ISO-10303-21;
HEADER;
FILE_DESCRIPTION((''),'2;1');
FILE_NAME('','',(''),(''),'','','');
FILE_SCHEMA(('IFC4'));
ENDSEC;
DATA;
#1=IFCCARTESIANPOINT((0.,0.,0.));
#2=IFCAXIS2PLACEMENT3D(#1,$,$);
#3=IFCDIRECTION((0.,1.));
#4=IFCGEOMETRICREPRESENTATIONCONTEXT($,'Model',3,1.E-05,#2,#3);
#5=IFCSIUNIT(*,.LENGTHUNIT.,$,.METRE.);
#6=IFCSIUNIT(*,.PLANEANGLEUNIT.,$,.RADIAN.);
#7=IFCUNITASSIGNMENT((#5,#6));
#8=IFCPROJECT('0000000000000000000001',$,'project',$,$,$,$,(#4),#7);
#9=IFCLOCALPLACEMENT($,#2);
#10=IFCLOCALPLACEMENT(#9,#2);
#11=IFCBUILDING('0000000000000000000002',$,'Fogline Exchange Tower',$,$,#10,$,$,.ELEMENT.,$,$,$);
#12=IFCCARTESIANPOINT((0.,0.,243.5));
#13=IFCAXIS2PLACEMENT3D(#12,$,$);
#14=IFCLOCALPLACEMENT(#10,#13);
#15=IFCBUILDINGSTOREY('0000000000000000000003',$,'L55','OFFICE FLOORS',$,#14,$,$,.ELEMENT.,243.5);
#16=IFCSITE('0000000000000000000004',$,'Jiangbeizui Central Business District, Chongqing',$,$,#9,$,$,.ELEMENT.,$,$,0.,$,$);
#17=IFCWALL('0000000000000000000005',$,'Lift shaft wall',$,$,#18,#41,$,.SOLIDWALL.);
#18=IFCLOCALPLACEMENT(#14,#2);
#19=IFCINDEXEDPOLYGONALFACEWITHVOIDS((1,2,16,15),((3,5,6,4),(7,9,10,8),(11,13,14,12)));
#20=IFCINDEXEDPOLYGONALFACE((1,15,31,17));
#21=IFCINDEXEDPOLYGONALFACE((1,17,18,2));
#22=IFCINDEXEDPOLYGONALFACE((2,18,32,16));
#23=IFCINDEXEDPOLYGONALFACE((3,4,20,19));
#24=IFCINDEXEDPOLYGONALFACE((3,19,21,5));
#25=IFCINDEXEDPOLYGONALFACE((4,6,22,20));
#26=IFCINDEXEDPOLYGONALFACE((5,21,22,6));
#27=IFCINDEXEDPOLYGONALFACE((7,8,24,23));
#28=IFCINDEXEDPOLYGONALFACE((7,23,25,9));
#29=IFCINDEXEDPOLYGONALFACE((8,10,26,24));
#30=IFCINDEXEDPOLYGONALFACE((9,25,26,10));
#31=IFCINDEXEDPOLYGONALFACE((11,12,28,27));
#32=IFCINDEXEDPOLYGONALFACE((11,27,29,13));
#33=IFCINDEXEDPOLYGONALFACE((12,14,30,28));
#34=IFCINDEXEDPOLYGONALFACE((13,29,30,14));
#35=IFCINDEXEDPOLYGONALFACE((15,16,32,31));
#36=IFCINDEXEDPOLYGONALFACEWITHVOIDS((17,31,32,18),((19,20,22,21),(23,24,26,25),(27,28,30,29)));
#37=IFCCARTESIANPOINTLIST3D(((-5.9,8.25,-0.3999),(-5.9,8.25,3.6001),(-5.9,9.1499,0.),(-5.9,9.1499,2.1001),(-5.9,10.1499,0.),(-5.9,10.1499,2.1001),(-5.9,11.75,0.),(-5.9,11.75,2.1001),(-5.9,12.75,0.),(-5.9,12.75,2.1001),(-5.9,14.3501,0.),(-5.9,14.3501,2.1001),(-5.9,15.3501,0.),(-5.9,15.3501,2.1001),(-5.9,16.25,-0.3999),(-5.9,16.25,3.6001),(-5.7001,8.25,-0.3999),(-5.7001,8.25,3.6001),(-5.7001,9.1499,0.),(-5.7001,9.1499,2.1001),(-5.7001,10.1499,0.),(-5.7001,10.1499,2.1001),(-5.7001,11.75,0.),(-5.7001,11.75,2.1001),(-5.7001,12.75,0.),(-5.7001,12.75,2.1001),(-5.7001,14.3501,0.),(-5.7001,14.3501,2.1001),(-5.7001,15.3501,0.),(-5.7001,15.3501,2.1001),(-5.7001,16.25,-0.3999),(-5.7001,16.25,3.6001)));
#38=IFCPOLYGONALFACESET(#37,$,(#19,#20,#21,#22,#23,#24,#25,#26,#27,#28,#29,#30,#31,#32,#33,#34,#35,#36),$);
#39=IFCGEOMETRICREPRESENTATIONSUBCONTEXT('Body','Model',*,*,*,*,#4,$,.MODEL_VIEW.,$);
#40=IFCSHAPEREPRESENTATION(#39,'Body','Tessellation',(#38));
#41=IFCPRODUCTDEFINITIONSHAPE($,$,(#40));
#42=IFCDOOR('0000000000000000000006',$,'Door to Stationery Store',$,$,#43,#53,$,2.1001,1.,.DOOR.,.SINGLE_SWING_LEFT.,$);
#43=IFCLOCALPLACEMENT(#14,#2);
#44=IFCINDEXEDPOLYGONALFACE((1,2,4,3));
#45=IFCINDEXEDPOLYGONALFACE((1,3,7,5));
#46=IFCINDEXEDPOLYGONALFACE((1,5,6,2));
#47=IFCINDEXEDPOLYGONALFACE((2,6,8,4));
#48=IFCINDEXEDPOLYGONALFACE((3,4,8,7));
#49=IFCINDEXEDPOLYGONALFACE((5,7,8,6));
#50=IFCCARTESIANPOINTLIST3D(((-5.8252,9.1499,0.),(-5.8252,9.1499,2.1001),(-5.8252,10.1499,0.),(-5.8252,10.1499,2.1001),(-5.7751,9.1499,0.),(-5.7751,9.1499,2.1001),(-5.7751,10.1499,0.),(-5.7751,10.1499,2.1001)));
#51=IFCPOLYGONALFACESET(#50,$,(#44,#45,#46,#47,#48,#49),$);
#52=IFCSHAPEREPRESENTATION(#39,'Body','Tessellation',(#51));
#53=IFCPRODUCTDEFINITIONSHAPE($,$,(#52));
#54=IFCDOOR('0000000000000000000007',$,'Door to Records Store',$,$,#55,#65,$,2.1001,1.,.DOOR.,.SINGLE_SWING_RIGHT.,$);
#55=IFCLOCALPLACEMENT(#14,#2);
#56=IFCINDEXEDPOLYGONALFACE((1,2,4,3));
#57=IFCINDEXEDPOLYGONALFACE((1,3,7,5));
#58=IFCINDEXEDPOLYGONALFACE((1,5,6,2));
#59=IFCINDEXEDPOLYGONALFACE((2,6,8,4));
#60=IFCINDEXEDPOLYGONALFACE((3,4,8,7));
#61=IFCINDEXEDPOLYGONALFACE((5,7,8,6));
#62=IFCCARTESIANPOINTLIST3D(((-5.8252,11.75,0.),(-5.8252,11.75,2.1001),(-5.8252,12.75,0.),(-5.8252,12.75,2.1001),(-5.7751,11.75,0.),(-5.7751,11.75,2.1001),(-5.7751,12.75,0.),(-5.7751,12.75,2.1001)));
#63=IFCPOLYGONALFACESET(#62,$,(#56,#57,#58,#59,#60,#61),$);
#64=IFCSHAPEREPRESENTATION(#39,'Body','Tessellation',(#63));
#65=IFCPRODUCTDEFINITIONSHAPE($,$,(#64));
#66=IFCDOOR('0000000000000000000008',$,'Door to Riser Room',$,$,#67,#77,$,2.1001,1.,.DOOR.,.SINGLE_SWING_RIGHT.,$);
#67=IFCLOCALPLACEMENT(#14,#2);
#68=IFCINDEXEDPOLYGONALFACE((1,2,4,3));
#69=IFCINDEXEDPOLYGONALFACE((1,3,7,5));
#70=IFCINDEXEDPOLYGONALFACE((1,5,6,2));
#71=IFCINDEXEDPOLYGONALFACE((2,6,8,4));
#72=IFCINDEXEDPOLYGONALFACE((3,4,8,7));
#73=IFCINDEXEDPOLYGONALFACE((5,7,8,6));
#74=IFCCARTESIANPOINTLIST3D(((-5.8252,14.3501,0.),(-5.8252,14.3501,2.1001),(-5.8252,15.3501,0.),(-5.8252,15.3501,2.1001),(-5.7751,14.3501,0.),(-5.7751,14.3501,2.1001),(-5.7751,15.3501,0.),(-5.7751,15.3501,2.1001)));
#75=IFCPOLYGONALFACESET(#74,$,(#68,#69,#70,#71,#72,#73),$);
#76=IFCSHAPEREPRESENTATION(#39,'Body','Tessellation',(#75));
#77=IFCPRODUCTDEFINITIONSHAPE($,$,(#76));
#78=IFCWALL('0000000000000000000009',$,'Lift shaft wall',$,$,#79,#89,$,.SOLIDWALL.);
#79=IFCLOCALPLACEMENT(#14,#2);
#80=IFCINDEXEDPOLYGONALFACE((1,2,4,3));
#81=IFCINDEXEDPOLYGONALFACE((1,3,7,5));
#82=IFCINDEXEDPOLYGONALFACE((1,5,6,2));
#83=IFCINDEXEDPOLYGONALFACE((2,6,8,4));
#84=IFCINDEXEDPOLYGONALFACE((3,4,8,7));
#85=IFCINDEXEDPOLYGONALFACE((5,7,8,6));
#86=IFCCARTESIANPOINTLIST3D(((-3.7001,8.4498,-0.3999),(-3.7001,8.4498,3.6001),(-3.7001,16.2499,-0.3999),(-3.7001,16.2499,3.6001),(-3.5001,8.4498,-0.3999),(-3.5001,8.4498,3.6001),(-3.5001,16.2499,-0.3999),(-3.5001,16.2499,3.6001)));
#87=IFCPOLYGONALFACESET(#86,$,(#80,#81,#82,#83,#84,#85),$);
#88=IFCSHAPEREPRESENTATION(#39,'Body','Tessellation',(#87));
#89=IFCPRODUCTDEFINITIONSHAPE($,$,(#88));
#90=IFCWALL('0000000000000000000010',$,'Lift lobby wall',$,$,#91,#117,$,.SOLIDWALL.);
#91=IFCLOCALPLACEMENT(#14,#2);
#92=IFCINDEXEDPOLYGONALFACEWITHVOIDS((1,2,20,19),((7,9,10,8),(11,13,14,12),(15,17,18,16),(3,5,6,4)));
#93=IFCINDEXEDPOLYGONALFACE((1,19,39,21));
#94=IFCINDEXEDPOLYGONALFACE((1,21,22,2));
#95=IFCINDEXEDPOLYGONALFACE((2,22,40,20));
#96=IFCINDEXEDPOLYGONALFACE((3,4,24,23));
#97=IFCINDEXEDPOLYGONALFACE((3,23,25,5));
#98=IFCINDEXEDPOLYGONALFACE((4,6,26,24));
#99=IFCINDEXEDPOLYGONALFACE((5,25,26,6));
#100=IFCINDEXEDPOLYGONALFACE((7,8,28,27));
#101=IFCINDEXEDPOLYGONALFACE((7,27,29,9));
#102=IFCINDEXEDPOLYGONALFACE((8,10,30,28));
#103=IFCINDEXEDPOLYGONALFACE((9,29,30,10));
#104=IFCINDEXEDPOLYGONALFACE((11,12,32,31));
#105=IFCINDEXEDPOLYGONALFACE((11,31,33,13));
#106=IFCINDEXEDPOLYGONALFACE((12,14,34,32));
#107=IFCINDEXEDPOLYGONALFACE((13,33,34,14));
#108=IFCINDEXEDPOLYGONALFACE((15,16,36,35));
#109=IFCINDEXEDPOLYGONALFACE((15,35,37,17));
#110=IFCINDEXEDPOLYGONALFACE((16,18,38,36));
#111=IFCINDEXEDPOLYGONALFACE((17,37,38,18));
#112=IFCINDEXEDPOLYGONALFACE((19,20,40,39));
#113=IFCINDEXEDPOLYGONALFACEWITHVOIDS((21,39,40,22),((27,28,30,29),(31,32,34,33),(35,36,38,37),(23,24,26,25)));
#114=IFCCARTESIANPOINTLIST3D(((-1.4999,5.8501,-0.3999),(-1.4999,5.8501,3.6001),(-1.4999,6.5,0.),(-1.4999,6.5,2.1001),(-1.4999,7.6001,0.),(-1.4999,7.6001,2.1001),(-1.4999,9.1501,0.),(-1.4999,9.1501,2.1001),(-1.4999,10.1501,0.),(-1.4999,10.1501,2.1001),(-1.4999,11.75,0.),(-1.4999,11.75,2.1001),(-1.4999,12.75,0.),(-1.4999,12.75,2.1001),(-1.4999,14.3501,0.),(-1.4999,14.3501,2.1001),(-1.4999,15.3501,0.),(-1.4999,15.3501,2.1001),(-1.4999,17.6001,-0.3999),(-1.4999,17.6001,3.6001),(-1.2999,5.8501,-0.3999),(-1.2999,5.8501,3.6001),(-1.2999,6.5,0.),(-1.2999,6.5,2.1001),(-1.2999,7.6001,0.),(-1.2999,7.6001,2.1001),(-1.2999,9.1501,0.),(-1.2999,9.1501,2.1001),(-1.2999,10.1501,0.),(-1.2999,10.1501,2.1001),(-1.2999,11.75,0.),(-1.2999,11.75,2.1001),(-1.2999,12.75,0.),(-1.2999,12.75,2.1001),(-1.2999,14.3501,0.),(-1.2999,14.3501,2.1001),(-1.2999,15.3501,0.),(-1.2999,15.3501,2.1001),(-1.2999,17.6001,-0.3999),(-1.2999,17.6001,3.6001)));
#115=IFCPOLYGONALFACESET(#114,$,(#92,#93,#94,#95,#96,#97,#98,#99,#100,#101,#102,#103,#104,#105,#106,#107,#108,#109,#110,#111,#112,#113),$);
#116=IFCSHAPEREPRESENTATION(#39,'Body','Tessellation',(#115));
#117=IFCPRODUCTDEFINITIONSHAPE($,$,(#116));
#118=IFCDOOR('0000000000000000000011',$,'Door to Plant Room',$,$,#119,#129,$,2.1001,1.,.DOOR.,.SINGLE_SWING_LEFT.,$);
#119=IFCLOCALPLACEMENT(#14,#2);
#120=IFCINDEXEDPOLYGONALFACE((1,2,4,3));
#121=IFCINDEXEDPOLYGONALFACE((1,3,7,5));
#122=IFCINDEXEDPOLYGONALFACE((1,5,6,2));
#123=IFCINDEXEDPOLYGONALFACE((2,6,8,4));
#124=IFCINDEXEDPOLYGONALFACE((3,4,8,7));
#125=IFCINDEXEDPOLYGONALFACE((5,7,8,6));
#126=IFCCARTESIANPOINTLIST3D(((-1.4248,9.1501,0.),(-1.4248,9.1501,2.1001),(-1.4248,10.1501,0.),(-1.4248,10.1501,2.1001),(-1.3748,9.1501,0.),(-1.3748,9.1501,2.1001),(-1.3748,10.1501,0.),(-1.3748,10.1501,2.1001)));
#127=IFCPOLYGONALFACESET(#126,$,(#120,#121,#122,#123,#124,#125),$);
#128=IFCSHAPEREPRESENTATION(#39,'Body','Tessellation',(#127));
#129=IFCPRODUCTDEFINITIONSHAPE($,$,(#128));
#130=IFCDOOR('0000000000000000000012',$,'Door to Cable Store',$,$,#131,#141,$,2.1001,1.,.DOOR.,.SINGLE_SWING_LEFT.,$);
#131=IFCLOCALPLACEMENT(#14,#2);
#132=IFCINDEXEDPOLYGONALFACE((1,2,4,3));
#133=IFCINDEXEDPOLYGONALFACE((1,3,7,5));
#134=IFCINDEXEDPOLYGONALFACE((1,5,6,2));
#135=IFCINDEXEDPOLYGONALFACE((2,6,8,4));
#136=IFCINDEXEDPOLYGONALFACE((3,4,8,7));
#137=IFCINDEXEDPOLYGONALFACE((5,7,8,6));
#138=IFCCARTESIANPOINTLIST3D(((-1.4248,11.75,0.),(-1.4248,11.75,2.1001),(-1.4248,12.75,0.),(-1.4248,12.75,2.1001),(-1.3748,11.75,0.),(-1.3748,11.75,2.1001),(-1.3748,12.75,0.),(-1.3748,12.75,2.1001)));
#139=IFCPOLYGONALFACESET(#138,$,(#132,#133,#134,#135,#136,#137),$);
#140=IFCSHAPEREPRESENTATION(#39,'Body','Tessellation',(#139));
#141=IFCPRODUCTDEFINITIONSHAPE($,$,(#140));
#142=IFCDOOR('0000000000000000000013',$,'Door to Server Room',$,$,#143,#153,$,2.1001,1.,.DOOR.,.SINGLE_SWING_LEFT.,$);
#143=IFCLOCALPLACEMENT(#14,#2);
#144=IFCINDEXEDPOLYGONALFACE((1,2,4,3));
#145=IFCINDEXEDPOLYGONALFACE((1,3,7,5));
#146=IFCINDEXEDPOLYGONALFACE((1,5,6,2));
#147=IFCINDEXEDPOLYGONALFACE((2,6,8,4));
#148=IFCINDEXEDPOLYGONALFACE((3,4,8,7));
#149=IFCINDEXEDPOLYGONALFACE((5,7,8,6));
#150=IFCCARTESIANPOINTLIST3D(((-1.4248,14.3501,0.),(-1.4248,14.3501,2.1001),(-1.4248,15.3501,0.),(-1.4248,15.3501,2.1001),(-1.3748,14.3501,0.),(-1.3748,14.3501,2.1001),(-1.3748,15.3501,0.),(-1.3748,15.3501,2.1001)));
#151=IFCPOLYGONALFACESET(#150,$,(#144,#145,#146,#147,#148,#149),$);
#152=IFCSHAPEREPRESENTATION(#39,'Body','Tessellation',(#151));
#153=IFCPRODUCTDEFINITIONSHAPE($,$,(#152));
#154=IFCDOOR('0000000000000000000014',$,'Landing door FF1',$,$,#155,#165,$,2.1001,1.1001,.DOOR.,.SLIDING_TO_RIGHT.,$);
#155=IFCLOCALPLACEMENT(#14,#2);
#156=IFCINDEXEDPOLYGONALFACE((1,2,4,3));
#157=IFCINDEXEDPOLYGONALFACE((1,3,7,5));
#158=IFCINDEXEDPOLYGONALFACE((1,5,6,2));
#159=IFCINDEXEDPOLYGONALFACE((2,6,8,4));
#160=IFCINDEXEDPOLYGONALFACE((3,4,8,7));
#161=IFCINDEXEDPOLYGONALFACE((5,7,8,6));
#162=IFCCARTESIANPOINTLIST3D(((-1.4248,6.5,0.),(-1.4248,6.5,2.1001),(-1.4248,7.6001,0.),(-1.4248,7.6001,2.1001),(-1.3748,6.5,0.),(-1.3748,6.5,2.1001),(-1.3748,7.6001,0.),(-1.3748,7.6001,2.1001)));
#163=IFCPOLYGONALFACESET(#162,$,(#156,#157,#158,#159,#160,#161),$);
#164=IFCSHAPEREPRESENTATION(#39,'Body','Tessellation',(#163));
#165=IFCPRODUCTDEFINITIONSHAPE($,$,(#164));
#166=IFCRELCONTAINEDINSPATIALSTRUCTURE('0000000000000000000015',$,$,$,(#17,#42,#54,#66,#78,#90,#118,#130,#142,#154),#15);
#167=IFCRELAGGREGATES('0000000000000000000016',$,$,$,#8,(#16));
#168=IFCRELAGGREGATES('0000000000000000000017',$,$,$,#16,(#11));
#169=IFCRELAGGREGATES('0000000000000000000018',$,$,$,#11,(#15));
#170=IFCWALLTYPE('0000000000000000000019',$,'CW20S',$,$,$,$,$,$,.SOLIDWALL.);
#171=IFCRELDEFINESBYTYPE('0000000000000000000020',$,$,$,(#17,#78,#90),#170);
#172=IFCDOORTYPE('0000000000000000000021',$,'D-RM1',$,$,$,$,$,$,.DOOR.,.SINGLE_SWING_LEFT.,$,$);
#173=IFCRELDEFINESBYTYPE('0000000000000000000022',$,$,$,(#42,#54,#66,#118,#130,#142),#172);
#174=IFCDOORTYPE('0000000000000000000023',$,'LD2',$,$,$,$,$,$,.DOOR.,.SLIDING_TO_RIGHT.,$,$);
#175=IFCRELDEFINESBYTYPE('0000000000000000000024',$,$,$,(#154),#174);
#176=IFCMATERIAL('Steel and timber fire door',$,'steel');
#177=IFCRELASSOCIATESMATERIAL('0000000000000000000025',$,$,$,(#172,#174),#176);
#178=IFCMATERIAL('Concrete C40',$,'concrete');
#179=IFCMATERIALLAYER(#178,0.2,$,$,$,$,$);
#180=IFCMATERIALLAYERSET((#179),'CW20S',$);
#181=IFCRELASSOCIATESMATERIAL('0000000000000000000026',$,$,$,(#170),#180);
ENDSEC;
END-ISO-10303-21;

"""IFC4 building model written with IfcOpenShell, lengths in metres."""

from ifc_helpers import new_model, si_unit, direction, frame, frame_2d, origin, place, context, subcontext, project, spatial, rectangle, extrude, material, layer, layer_set, type_object, element, fill, save


model = new_model("IFC4")

# Units and contexts
model_context = context("Model", 3, precision=1e-05, world=origin(), true_north=direction((0.0, 1.0)))
body_context = subcontext(model_context, "Body", "Model", "MODEL_VIEW")
ifc_project = project(units=[si_unit("LENGTHUNIT", "METRE"), si_unit("PLANEANGLEUNIT", "RADIAN")], contexts=[model_context])

# Site, building, storey
site_placement = place(None, origin())
site = spatial("IfcSite", under=ifc_project, at=site_placement, Name="Jiangbeizui Central Business District, Chongqing", CompositionType="ELEMENT", RefElevation=0.0)
building_placement = place(site_placement, origin())
building = spatial("IfcBuilding", under=site, at=building_placement, Name="Fogline Exchange Tower", CompositionType="ELEMENT")
storey_placement = place(building_placement, frame((0.0, 0.0, 243.5)))
storey = spatial("IfcBuildingStorey", under=building, at=storey_placement, Name="L55", Description="OFFICE FLOORS", CompositionType="ELEMENT", Elevation=243.5)

# Shared definitions
ifc_material_1 = material(Name="Steel and timber fire door", Category="steel")

# Shared definitions
ifc_material_2 = material(Name="Concrete C40", Category="concrete")

# Shared definitions
door_type_1 = type_object("IfcDoorType", Name="D-RM1", OperationType="SINGLE_SWING_LEFT", PredefinedType="DOOR", material=ifc_material_1)

# Wall, openings, doors
ifc_layer_1 = layer(ifc_material_2, 0.2)
ifc_layer_set_1 = layer_set([ifc_layer_1], Name="CW20S")
wall_type_1 = type_object("IfcWallType", Name="CW20S", PredefinedType="SOLIDWALL", material=ifc_layer_set_1)
wall_1_placement = place(storey_placement, frame((-5.8, 8.25, -0.3999), z_axis=(0.0, 0.0, 1.0), x_axis=(0.0, 1.0, 0.0)))
wall_1 = element("IfcWall", 1, at=wall_1_placement, inside=storey, type_object=wall_type_1, Name="Lift shaft wall", PredefinedType="SOLIDWALL", context=body_context, shape_type="SweptSolid", body=[
    extrude(rectangle(XDim=8.0, YDim=0.2, at=frame_2d((4.0, 0.0))), origin(), (0.0, 0.0, 1.0), 4.0),
])
opening_1_placement = place(wall_1_placement, frame((0.8999, 0.0, 0.3999)))
opening_1 = element("IfcOpeningElement", 2, at=opening_1_placement, cuts=wall_1, PredefinedType="OPENING", context=body_context, shape_type="SweptSolid", body=[
    extrude(rectangle(XDim=1.0, YDim=2.1001, at=frame_2d((0.5, 1.05))), frame((0.0, 0.1099, 0.0), z_axis=(0.0, -1.0, 0.0), x_axis=(1.0, 0.0, 0.0)), (0.0, 0.0, 1.0), 0.22),
])
opening_2_placement = place(wall_1_placement, frame((3.5, 0.0, 0.3999)))
opening_2 = element("IfcOpeningElement", 3, at=opening_2_placement, cuts=wall_1, PredefinedType="OPENING", context=body_context, shape_type="SweptSolid", body=[
    extrude(rectangle(XDim=1.0, YDim=2.1001, at=frame_2d((0.5, 1.05))), frame((0.0, 0.1099, 0.0), z_axis=(0.0, -1.0, 0.0), x_axis=(1.0, 0.0, 0.0)), (0.0, 0.0, 1.0), 0.22),
])
opening_3_placement = place(wall_1_placement, frame((6.1001, 0.0, 0.3999)))
opening_3 = element("IfcOpeningElement", 4, at=opening_3_placement, cuts=wall_1, PredefinedType="OPENING", context=body_context, shape_type="SweptSolid", body=[
    extrude(rectangle(XDim=1.0, YDim=2.1001, at=frame_2d((0.5, 1.05))), frame((0.0, 0.1099, 0.0), z_axis=(0.0, -1.0, 0.0), x_axis=(1.0, 0.0, 0.0)), (0.0, 0.0, 1.0), 0.22),
])
door_1_placement = place(opening_1_placement, frame((1.0, 0.0, 0.0), z_axis=(0.0, 0.0, 1.0), x_axis=(-1.0, 0.0, 0.0)))
door_1 = element("IfcDoor", 5, at=door_1_placement, inside=storey, type_object=door_type_1, Name="Door to Stationery Store", OperationType="SINGLE_SWING_LEFT", OverallHeight=2.1001, OverallWidth=1.0, PredefinedType="DOOR", context=body_context, shape_type="SweptSolid", body=[
    extrude(rectangle(XDim=1.0, YDim=2.1001, at=frame_2d((0.5, 1.05))), frame((0.0, 0.0249, 0.0), z_axis=(0.0, -1.0, 0.0), x_axis=(1.0, 0.0, 0.0)), (0.0, 0.0, 1.0), 0.05),
])
fill(opening_1, door_1)
door_2_placement = place(opening_2_placement, frame((1.0, 0.0, 0.0), z_axis=(0.0, 0.0, 1.0), x_axis=(-1.0, 0.0, 0.0)))
door_2 = element("IfcDoor", 6, at=door_2_placement, inside=storey, type_object=door_type_1, Name="Door to Records Store", OperationType="SINGLE_SWING_RIGHT", OverallHeight=2.1001, OverallWidth=1.0, PredefinedType="DOOR", context=body_context, shape_type="SweptSolid", body=[
    extrude(rectangle(XDim=1.0, YDim=2.1001, at=frame_2d((0.5, 1.05))), frame((0.0, 0.0249, 0.0), z_axis=(0.0, -1.0, 0.0), x_axis=(1.0, 0.0, 0.0)), (0.0, 0.0, 1.0), 0.05),
])
fill(opening_2, door_2)
door_3_placement = place(opening_3_placement, frame((1.0, 0.0, 0.0), z_axis=(0.0, 0.0, 1.0), x_axis=(-1.0, 0.0, 0.0)))
door_3 = element("IfcDoor", 7, at=door_3_placement, inside=storey, type_object=door_type_1, Name="Door to Riser Room", OperationType="SINGLE_SWING_RIGHT", OverallHeight=2.1001, OverallWidth=1.0, PredefinedType="DOOR", context=body_context, shape_type="SweptSolid", body=[
    extrude(rectangle(XDim=1.0, YDim=2.1001, at=frame_2d((0.5, 1.05))), frame((0.0, 0.0249, 0.0), z_axis=(0.0, -1.0, 0.0), x_axis=(1.0, 0.0, 0.0)), (0.0, 0.0, 1.0), 0.05),
])
fill(opening_3, door_3)

# Wall
wall_2_placement = place(storey_placement, frame((-3.6001, 8.45, -0.3999), z_axis=(0.0, 0.0, 1.0), x_axis=(0.0, 1.0, 0.0)))
element("IfcWall", 8, at=wall_2_placement, inside=storey, type_object=wall_type_1, Name="Lift shaft wall", PredefinedType="SOLIDWALL", context=body_context, shape_type="SweptSolid", body=[
    extrude(rectangle(XDim=7.8, YDim=0.2, at=frame_2d((3.8999, 0.0))), origin(), (0.0, 0.0, 1.0), 4.0),
])

# Wall, openings, doors
wall_3_placement = place(storey_placement, frame((-1.3999, 5.8501, -0.3999), z_axis=(0.0, 0.0, 1.0), x_axis=(0.0, 1.0, 0.0)))
wall_3 = element("IfcWall", 9, at=wall_3_placement, inside=storey, type_object=wall_type_1, Name="Lift lobby wall", PredefinedType="SOLIDWALL", context=body_context, shape_type="SweptSolid", body=[
    extrude(rectangle(XDim=11.75, YDim=0.2, at=frame_2d((5.875, 0.0))), origin(), (0.0, 0.0, 1.0), 4.0),
])
opening_4_placement = place(wall_3_placement, frame((0.6499, 0.0, 0.3999)))
opening_4 = element("IfcOpeningElement", 10, at=opening_4_placement, cuts=wall_3, PredefinedType="OPENING", context=body_context, shape_type="SweptSolid", body=[
    extrude(rectangle(XDim=1.1001, YDim=2.1001, at=frame_2d((0.55, 1.05))), frame((0.0, 0.1099, 0.0), z_axis=(0.0, -1.0, 0.0), x_axis=(1.0, 0.0, 0.0)), (0.0, 0.0, 1.0), 0.22),
])
opening_5_placement = place(wall_3_placement, frame((3.3, 0.0, 0.3999)))
opening_5 = element("IfcOpeningElement", 11, at=opening_5_placement, cuts=wall_3, PredefinedType="OPENING", context=body_context, shape_type="SweptSolid", body=[
    extrude(rectangle(XDim=1.0, YDim=2.1001, at=frame_2d((0.5, 1.05))), frame((0.0, 0.1099, 0.0), z_axis=(0.0, -1.0, 0.0), x_axis=(1.0, 0.0, 0.0)), (0.0, 0.0, 1.0), 0.22),
])
opening_6_placement = place(wall_3_placement, frame((5.8999, 0.0, 0.3999)))
opening_6 = element("IfcOpeningElement", 12, at=opening_6_placement, cuts=wall_3, PredefinedType="OPENING", context=body_context, shape_type="SweptSolid", body=[
    extrude(rectangle(XDim=1.0, YDim=2.1001, at=frame_2d((0.5, 1.05))), frame((0.0, 0.1099, 0.0), z_axis=(0.0, -1.0, 0.0), x_axis=(1.0, 0.0, 0.0)), (0.0, 0.0, 1.0), 0.22),
])
opening_7_placement = place(wall_3_placement, frame((8.5, 0.0, 0.3999)))
opening_7 = element("IfcOpeningElement", 13, at=opening_7_placement, cuts=wall_3, PredefinedType="OPENING", context=body_context, shape_type="SweptSolid", body=[
    extrude(rectangle(XDim=1.0, YDim=2.1001, at=frame_2d((0.5, 1.05))), frame((0.0, 0.1099, 0.0), z_axis=(0.0, -1.0, 0.0), x_axis=(1.0, 0.0, 0.0)), (0.0, 0.0, 1.0), 0.22),
])
door_4_placement = place(opening_5_placement, origin())
door_4 = element("IfcDoor", 14, at=door_4_placement, inside=storey, type_object=door_type_1, Name="Door to Plant Room", OperationType="SINGLE_SWING_LEFT", OverallHeight=2.1001, OverallWidth=1.0, PredefinedType="DOOR", context=body_context, shape_type="SweptSolid", body=[
    extrude(rectangle(XDim=1.0, YDim=2.1001, at=frame_2d((0.5, 1.05))), frame((0.0, 0.0249, 0.0), z_axis=(0.0, -1.0, 0.0), x_axis=(1.0, 0.0, 0.0)), (0.0, 0.0, 1.0), 0.05),
])
fill(opening_5, door_4)
door_5_placement = place(opening_6_placement, origin())
door_5 = element("IfcDoor", 15, at=door_5_placement, inside=storey, type_object=door_type_1, Name="Door to Cable Store", OperationType="SINGLE_SWING_LEFT", OverallHeight=2.1001, OverallWidth=1.0, PredefinedType="DOOR", context=body_context, shape_type="SweptSolid", body=[
    extrude(rectangle(XDim=1.0, YDim=2.1001, at=frame_2d((0.5, 1.05))), frame((0.0, 0.0249, 0.0), z_axis=(0.0, -1.0, 0.0), x_axis=(1.0, 0.0, 0.0)), (0.0, 0.0, 1.0), 0.05),
])
fill(opening_6, door_5)
door_6_placement = place(opening_7_placement, origin())
door_6 = element("IfcDoor", 16, at=door_6_placement, inside=storey, type_object=door_type_1, Name="Door to Server Room", OperationType="SINGLE_SWING_LEFT", OverallHeight=2.1001, OverallWidth=1.0, PredefinedType="DOOR", context=body_context, shape_type="SweptSolid", body=[
    extrude(rectangle(XDim=1.0, YDim=2.1001, at=frame_2d((0.5, 1.05))), frame((0.0, 0.0249, 0.0), z_axis=(0.0, -1.0, 0.0), x_axis=(1.0, 0.0, 0.0)), (0.0, 0.0, 1.0), 0.05),
])
fill(opening_7, door_6)
door_type_2 = type_object("IfcDoorType", Name="LD2", OperationType="SLIDING_TO_RIGHT", PredefinedType="DOOR", material=ifc_material_1)
door_7_placement = place(opening_4_placement, origin())
door_7 = element("IfcDoor", 17, at=door_7_placement, inside=storey, type_object=door_type_2, Name="Landing door FF1", OperationType="SLIDING_TO_RIGHT", OverallHeight=2.1001, OverallWidth=1.1001, PredefinedType="DOOR", context=body_context, shape_type="SweptSolid", body=[
    extrude(rectangle(XDim=1.1001, YDim=2.1001, at=frame_2d((0.55, 1.05))), frame((0.0, 0.0249, 0.0), z_axis=(0.0, -1.0, 0.0), x_axis=(1.0, 0.0, 0.0)), (0.0, 0.0, 1.0), 0.05),
])
fill(opening_4, door_7)

save(model, "model.ifc")
